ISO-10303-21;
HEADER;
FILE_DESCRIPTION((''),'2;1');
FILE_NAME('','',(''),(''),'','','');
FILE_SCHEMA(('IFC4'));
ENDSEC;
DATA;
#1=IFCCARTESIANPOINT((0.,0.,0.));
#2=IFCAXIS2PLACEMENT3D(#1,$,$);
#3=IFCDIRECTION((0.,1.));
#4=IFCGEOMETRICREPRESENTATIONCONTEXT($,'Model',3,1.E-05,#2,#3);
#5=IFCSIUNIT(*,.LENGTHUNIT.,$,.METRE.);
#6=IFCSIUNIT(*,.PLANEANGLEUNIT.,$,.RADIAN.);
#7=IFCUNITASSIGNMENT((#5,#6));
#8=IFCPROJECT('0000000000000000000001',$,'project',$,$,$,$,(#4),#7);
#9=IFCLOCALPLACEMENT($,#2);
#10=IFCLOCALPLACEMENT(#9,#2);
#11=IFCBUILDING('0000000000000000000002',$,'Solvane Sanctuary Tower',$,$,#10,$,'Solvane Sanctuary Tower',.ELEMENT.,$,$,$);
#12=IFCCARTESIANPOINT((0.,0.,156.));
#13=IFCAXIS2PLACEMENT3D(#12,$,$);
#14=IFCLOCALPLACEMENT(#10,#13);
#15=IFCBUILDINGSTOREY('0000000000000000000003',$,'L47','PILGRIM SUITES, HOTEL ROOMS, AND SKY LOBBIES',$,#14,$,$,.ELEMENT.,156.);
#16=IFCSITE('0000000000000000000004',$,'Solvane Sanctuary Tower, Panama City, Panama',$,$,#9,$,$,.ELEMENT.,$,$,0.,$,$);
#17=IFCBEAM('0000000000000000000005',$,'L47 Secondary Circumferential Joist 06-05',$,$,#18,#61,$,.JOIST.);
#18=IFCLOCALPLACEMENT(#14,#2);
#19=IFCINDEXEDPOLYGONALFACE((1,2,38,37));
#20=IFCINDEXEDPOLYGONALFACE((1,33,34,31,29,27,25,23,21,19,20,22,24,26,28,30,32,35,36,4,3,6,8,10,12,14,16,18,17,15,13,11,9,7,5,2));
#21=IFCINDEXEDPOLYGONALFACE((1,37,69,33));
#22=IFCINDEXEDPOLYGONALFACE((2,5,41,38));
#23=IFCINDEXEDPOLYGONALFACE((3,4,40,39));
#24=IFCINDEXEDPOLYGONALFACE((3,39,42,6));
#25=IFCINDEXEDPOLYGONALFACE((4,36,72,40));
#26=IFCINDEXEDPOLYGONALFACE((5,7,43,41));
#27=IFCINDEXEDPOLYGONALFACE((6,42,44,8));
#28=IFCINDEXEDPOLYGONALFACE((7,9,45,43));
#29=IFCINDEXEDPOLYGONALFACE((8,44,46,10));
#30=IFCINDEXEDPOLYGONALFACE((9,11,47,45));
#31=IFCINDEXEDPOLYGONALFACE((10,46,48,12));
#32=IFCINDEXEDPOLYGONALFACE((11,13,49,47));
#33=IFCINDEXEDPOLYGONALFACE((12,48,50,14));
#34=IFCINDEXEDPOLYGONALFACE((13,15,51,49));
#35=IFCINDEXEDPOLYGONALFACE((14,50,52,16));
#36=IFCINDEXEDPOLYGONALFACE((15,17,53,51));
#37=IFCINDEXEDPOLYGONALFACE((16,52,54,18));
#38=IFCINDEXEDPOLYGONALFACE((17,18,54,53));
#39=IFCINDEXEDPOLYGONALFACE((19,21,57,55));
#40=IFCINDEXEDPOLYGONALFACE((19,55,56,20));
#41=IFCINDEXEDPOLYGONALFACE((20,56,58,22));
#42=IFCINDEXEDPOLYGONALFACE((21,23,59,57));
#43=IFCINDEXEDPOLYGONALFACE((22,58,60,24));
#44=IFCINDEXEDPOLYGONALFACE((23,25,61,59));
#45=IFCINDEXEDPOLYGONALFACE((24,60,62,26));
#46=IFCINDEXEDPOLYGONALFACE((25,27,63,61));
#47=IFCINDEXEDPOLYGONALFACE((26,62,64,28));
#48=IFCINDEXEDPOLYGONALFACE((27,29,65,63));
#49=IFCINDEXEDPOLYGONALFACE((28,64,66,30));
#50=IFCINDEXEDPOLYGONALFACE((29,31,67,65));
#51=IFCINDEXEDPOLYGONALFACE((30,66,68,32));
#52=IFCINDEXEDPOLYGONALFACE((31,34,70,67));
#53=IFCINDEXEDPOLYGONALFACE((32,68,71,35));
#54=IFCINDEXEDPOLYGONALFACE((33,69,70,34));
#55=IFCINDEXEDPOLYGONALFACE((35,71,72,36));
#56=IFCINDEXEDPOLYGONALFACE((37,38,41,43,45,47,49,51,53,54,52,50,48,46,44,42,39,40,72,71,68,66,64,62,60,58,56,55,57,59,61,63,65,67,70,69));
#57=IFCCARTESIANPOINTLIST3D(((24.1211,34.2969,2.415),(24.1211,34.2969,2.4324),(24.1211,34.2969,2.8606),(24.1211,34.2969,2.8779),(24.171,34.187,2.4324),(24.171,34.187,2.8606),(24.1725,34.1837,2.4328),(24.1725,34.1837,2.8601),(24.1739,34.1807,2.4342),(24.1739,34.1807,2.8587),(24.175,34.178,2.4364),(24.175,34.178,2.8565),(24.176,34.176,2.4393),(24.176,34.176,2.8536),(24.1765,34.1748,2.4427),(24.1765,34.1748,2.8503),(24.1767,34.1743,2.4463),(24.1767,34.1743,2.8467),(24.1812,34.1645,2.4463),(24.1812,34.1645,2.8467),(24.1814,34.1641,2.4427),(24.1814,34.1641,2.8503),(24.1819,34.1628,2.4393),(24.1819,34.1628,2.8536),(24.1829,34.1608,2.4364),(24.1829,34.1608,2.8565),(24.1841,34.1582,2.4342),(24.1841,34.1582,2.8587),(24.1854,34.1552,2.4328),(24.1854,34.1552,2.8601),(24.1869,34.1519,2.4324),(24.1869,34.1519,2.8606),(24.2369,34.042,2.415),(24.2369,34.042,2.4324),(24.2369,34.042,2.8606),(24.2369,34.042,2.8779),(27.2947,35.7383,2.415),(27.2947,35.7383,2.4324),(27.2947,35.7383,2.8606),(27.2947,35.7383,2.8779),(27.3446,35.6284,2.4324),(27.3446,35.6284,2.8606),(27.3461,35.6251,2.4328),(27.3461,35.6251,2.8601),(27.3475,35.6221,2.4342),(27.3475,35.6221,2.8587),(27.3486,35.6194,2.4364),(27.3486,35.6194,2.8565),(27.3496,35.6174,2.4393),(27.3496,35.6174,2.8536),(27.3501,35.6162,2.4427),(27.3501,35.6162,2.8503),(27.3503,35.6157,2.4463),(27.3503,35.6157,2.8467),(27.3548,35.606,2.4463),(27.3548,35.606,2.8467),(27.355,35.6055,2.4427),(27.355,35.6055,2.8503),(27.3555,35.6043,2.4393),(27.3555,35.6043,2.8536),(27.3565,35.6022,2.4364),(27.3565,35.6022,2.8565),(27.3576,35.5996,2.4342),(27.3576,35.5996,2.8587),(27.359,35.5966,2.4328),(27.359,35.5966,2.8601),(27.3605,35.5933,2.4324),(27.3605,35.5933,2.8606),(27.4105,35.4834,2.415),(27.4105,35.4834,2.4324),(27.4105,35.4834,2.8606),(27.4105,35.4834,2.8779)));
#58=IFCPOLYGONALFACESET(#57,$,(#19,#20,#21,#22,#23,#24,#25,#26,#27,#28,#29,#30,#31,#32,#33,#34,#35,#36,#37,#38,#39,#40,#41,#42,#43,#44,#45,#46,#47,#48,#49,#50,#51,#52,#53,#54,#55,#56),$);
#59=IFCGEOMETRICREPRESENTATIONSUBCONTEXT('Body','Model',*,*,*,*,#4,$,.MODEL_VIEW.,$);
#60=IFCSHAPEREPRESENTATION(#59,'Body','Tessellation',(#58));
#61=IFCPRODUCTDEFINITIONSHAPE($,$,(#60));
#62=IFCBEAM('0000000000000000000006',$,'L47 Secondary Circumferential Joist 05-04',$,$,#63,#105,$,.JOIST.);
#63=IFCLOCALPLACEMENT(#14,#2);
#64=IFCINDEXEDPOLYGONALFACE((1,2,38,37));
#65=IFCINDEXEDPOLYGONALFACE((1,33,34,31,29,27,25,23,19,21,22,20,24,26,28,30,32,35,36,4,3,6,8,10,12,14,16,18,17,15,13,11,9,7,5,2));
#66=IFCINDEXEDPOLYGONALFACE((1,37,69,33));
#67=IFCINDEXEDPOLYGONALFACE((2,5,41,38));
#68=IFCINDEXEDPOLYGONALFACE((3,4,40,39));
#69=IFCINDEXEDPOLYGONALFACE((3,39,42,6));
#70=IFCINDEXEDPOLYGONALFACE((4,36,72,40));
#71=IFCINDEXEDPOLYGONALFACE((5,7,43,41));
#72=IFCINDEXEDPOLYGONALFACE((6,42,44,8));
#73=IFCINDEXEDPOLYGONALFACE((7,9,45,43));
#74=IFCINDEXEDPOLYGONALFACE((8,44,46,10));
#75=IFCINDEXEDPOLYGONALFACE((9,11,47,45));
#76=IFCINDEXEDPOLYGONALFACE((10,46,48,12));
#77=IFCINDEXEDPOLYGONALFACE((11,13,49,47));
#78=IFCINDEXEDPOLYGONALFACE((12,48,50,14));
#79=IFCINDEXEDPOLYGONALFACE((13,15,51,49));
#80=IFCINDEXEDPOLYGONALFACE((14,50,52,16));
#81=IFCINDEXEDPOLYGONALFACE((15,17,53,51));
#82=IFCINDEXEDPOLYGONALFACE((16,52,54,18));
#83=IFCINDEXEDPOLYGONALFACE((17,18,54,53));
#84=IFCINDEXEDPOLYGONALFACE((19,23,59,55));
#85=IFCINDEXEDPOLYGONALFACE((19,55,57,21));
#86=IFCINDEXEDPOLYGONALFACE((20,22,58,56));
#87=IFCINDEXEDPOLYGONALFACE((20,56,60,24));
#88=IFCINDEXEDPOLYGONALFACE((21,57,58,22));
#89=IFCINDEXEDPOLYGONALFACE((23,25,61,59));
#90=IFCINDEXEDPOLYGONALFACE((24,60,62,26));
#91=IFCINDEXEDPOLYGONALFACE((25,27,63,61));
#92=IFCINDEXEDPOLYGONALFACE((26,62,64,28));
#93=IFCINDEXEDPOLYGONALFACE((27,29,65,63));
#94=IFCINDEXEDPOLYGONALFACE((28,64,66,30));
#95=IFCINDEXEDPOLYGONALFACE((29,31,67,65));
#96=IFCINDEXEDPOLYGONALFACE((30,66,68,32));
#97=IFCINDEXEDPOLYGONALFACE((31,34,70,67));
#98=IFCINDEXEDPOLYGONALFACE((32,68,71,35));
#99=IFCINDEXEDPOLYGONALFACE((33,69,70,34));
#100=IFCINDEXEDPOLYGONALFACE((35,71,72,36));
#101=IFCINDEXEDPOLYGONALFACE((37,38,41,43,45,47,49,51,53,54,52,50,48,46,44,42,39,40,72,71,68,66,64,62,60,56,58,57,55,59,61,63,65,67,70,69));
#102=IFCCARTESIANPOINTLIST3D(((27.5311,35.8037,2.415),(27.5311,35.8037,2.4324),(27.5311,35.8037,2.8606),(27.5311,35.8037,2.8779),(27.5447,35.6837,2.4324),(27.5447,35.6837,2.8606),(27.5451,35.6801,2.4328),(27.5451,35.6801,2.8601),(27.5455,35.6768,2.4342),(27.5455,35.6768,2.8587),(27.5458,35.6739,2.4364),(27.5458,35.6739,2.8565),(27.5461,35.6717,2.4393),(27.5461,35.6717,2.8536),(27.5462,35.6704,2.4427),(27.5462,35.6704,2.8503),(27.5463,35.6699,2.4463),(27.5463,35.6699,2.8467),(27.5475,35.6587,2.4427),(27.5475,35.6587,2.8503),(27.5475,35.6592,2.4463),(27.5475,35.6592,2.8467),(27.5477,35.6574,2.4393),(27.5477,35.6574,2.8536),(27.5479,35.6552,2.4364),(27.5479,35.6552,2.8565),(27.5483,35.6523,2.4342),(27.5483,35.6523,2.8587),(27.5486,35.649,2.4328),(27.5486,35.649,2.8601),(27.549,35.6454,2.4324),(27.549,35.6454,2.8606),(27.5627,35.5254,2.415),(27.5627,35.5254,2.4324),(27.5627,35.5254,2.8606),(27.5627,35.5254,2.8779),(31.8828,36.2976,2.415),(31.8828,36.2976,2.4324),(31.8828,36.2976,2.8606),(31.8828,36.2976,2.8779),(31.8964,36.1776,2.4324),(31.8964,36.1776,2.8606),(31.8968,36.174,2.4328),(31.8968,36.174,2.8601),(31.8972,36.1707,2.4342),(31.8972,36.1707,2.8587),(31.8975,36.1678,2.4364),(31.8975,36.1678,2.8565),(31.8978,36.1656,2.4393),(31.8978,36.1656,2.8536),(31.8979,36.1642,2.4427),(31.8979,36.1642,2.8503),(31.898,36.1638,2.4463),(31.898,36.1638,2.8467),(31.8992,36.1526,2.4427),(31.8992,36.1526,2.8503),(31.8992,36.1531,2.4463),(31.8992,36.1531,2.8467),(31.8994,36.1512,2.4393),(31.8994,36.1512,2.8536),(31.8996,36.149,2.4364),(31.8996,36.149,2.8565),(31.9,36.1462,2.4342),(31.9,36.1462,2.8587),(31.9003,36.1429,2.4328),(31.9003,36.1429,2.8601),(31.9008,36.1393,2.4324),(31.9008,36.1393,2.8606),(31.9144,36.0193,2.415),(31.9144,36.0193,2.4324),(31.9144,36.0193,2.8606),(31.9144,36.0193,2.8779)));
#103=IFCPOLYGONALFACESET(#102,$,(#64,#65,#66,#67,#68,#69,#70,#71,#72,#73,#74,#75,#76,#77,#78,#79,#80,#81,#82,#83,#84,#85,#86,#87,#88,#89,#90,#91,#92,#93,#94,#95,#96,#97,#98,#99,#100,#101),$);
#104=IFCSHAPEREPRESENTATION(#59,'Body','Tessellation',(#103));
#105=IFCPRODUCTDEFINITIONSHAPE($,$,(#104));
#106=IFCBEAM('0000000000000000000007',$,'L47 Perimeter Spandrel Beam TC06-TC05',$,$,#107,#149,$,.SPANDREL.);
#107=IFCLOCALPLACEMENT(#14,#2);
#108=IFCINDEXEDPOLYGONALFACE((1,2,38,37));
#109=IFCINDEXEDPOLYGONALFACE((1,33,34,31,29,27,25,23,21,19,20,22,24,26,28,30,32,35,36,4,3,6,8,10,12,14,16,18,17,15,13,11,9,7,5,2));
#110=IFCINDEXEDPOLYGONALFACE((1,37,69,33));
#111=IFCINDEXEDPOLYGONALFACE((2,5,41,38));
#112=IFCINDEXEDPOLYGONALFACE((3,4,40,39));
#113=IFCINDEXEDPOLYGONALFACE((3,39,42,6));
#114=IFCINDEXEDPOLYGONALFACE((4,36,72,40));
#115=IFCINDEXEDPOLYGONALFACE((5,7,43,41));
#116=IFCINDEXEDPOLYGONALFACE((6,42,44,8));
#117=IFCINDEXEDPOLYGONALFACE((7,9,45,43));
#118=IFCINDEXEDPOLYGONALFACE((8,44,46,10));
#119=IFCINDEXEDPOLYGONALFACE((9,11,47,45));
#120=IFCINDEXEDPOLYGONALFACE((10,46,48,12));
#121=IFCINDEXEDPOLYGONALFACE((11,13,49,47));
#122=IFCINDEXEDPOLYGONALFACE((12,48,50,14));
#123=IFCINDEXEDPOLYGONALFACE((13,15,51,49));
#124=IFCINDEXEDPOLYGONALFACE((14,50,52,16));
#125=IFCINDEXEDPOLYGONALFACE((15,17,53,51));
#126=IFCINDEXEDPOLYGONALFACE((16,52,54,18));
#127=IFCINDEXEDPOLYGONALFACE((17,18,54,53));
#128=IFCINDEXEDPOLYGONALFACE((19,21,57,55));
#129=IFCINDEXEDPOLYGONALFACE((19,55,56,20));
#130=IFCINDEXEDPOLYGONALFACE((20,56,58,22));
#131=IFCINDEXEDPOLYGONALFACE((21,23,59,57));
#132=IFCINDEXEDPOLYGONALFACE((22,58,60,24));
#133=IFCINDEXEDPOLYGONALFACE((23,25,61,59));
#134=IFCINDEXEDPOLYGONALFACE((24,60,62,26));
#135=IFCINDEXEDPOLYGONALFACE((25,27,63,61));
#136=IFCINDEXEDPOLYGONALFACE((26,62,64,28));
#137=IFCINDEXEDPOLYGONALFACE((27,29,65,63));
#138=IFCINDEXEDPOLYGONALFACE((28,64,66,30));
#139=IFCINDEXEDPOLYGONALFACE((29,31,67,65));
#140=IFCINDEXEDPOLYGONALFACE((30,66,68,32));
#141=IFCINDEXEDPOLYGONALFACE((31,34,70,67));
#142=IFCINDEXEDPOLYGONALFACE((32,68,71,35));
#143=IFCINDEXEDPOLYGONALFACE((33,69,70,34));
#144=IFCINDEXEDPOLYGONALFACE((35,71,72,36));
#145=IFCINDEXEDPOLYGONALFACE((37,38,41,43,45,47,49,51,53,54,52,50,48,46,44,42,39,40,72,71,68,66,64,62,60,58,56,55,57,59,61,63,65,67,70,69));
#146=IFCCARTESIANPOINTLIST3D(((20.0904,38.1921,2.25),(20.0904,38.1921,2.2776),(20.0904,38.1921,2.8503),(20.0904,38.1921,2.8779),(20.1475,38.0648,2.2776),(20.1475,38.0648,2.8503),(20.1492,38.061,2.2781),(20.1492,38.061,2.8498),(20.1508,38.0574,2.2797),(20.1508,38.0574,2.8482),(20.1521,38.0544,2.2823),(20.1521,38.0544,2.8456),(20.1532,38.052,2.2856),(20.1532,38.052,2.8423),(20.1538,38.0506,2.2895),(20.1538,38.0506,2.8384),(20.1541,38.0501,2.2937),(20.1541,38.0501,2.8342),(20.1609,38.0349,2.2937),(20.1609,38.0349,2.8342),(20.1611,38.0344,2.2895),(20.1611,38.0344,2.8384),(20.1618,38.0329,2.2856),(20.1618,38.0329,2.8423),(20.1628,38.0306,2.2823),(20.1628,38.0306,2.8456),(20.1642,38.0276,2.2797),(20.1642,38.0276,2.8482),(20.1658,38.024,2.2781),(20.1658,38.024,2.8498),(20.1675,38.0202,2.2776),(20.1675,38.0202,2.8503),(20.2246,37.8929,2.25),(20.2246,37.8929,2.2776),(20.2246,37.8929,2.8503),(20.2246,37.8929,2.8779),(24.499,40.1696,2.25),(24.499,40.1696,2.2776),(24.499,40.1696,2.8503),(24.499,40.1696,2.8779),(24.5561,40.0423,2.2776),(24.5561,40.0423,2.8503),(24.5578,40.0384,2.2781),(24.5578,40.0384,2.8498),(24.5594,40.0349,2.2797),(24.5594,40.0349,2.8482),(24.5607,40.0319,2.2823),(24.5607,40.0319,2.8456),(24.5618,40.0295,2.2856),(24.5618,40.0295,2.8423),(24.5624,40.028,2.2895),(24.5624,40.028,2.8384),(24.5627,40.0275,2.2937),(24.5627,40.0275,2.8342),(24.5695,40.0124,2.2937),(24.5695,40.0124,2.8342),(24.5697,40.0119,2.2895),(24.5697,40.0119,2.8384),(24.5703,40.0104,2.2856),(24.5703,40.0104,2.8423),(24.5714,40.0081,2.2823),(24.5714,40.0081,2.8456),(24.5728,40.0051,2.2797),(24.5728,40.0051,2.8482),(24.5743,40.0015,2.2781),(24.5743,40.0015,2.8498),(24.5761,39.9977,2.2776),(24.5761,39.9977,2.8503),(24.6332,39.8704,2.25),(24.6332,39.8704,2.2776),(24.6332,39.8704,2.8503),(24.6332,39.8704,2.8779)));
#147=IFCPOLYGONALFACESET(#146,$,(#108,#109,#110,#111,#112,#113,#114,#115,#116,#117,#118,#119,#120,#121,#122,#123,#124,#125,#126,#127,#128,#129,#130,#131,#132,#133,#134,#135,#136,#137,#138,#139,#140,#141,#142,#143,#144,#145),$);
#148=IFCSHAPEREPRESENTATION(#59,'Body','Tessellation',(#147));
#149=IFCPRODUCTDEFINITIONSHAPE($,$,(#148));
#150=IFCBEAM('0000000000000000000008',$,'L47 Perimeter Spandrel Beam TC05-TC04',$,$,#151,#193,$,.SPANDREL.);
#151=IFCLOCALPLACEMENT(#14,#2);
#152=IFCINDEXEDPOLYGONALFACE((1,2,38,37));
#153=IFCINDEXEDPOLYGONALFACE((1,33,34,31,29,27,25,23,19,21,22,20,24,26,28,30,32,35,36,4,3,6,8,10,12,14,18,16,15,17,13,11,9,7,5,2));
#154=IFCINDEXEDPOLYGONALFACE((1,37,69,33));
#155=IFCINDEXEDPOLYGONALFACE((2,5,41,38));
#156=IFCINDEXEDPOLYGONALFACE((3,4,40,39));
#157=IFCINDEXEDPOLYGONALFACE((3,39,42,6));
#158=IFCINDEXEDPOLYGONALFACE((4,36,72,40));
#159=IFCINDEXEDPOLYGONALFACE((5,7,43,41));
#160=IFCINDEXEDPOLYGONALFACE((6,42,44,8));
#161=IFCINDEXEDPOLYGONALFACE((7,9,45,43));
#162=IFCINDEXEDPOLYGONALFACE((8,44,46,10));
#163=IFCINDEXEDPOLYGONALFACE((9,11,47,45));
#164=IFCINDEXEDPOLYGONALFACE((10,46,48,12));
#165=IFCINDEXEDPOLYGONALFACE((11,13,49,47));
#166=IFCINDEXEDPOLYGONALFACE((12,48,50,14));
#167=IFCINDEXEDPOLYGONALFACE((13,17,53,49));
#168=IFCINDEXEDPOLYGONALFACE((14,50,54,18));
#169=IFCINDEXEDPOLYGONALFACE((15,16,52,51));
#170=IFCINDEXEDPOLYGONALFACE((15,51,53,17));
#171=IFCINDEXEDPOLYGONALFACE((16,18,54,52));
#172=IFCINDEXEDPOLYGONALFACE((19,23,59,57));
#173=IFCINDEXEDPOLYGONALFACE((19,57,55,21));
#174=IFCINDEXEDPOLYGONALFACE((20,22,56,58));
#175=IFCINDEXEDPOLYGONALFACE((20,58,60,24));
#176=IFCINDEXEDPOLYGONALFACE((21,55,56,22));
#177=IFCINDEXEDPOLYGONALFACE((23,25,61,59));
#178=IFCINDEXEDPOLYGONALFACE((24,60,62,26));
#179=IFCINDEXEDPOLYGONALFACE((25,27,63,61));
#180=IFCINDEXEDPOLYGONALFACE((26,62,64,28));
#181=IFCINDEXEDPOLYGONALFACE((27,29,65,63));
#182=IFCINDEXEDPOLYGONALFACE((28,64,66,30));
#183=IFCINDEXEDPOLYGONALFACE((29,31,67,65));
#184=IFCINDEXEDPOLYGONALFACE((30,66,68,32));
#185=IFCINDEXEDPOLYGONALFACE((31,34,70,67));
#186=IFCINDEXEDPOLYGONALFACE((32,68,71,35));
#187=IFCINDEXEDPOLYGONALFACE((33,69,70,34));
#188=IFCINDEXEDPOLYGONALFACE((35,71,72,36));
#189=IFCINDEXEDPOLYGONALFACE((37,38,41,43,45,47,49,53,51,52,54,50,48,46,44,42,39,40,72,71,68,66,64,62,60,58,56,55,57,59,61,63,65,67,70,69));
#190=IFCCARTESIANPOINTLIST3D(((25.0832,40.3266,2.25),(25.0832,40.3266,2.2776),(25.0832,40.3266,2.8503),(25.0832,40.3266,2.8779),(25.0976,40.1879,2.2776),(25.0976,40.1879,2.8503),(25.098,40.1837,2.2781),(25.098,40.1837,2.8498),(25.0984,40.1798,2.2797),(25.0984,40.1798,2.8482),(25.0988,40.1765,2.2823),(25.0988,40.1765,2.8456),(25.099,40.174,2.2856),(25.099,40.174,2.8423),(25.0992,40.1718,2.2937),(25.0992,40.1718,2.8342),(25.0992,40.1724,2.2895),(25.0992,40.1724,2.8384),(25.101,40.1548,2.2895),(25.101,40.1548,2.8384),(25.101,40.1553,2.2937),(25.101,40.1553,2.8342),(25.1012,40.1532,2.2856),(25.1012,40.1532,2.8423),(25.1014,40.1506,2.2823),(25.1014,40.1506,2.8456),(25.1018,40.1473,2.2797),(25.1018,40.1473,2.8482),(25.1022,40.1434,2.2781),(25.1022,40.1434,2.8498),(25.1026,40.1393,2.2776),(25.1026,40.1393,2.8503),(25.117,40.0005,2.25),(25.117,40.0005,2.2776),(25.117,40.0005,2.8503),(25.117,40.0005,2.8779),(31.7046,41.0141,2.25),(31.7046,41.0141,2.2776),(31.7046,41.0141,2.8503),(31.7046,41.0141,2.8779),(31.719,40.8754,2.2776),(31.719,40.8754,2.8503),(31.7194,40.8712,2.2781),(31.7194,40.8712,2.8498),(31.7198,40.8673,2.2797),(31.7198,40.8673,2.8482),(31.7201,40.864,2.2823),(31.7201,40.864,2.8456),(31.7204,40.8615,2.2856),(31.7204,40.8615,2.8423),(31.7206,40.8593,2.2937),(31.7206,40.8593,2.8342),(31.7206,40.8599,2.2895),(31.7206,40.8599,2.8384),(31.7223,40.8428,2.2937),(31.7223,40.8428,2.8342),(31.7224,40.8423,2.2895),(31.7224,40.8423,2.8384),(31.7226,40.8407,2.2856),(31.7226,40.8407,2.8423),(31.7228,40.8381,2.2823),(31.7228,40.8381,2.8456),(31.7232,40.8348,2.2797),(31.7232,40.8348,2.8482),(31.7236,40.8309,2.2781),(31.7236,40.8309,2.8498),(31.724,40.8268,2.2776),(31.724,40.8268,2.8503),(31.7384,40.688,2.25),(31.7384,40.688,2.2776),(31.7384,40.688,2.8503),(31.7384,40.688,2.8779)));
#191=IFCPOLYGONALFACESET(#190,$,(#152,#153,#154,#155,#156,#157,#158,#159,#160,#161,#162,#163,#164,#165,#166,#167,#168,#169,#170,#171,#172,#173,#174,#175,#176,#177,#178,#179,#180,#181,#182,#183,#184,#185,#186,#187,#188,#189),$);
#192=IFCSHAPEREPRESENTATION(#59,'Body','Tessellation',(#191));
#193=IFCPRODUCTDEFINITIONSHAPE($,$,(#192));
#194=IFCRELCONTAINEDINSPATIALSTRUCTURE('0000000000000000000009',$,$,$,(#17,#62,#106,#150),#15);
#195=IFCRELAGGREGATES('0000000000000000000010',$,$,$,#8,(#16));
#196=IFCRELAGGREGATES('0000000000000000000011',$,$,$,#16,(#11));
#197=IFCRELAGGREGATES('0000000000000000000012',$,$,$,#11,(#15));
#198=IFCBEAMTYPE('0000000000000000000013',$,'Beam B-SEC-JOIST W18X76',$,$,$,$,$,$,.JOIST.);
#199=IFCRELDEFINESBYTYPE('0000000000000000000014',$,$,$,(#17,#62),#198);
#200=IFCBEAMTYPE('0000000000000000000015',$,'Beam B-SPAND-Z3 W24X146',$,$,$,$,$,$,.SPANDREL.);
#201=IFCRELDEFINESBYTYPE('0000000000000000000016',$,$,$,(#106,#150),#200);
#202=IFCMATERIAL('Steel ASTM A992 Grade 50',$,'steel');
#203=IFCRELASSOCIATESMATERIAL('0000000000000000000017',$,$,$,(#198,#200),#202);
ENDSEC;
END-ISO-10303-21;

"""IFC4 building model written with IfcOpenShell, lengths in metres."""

from ifc_helpers import new_model, si_unit, direction, frame, origin, origin_2d, place, context, subcontext, project, spatial, i_section, extrude, material, material_profile, profile_set, type_object, element, save


model = new_model("IFC4")

# Units and contexts
model_context = context("Model", 3, precision=1e-05, world=origin(), true_north=direction((0.0, 1.0)))
body_context = subcontext(model_context, "Body", "Model", "MODEL_VIEW")
ifc_project = project(units=[si_unit("LENGTHUNIT", "METRE"), si_unit("PLANEANGLEUNIT", "RADIAN")], contexts=[model_context])

# Site, building, storey
site_placement = place(None, origin())
site = spatial("IfcSite", under=ifc_project, at=site_placement, Name="Solvane Sanctuary Tower, Panama City, Panama", CompositionType="ELEMENT", RefElevation=0.0)
building_placement = place(site_placement, origin())
building = spatial("IfcBuilding", under=site, at=building_placement, Name="Solvane Sanctuary Tower", LongName="Solvane Sanctuary Tower", CompositionType="ELEMENT")
storey_placement = place(building_placement, frame((0.0, 0.0, 156.0)))
storey = spatial("IfcBuildingStorey", under=building, at=storey_placement, Name="L47", Description="PILGRIM SUITES, HOTEL ROOMS, AND SKY LOBBIES", CompositionType="ELEMENT", Elevation=156.0)

# Beams
ifc_material_1 = material(Name="Steel ASTM A992 Grade 50", Category="steel")
ifc_material_profile_1 = material_profile(ifc_material_1, i_section(OverallWidth=0.28, OverallDepth=0.4629, WebThickness=0.0107, FlangeThickness=0.0173, FilletRadius=0.0139, at=origin_2d()), Name="W18X76")
ifc_profile_set_1 = profile_set([ifc_material_profile_1], Name="Steel ASTM A992 Grade 50")
beam_type_1 = type_object("IfcBeamType", Name="Beam B-SEC-JOIST W18X76", PredefinedType="JOIST", material=ifc_profile_set_1)
beam_1_placement = place(storey_placement, frame((24.179, 34.1694, 2.6465), z_axis=(0.910489, 0.413534, 0.0), x_axis=(-0.413534, 0.910489, 0.0)))
element("IfcBeam", 1, at=beam_1_placement, inside=storey, type_object=beam_type_1, Name="L47 Secondary Circumferential Joist 06-05", PredefinedType="JOIST", context=body_context, shape_type="SweptSolid", body=[
    extrude(i_section(OverallWidth=0.28, OverallDepth=0.4629, WebThickness=0.0107, FlangeThickness=0.0173, FilletRadius=0.0139, at=origin_2d()), origin(), (0.0, 0.0, 1.0), 3.4856),
])
beam_2_placement = place(storey_placement, frame((27.5469, 35.6646, 2.6465), z_axis=(0.993621, 0.112768, 0.0), x_axis=(-0.112768, 0.993621, 0.0)))
element("IfcBeam", 2, at=beam_2_placement, inside=storey, type_object=beam_type_1, Name="L47 Secondary Circumferential Joist 05-04", PredefinedType="JOIST", context=body_context, shape_type="SweptSolid", body=[
    extrude(i_section(OverallWidth=0.28, OverallDepth=0.4629, WebThickness=0.0107, FlangeThickness=0.0173, FilletRadius=0.0139, at=origin_2d()), origin(), (0.0, 0.0, 1.0), 4.3796),
])
ifc_material_profile_2 = material_profile(ifc_material_1, i_section(OverallWidth=0.3279, OverallDepth=0.6279, WebThickness=0.0166, FlangeThickness=0.0276, FilletRadius=0.0161, at=origin_2d()), Name="W24X146")
ifc_profile_set_2 = profile_set([ifc_material_profile_2], Name="Steel ASTM A992 Grade 50")
beam_type_2 = type_object("IfcBeamType", Name="Beam B-SPAND-Z3 W24X146", PredefinedType="SPANDREL", material=ifc_profile_set_2)
beam_3_placement = place(storey_placement, frame((20.1575, 38.0425, 2.564), z_axis=(0.912414, 0.409268, 0.0), x_axis=(-0.409268, 0.912414, 0.0)))
element("IfcBeam", 3, at=beam_3_placement, inside=storey, type_object=beam_type_2, Name="L47 Perimeter Spandrel Beam TC06-TC05", PredefinedType="SPANDREL", context=body_context, shape_type="SweptSolid", body=[
    extrude(i_section(OverallWidth=0.3279, OverallDepth=0.6279, WebThickness=0.0166, FlangeThickness=0.0276, FilletRadius=0.0161, at=origin_2d()), origin(), (0.0, 0.0, 1.0), 4.8318),
])
beam_4_placement = place(storey_placement, frame((25.1001, 40.1636, 2.564), z_axis=(0.994653, 0.103276, 0.0), x_axis=(-0.103276, 0.994653, 0.0)))
element("IfcBeam", 4, at=beam_4_placement, inside=storey, type_object=beam_type_2, Name="L47 Perimeter Spandrel Beam TC05-TC04", PredefinedType="SPANDREL", context=body_context, shape_type="SweptSolid", body=[
    extrude(i_section(OverallWidth=0.3279, OverallDepth=0.6279, WebThickness=0.0166, FlangeThickness=0.0276, FilletRadius=0.0161, at=origin_2d()), origin(), (0.0, 0.0, 1.0), 6.657),
])

save(model, "model.ifc")
